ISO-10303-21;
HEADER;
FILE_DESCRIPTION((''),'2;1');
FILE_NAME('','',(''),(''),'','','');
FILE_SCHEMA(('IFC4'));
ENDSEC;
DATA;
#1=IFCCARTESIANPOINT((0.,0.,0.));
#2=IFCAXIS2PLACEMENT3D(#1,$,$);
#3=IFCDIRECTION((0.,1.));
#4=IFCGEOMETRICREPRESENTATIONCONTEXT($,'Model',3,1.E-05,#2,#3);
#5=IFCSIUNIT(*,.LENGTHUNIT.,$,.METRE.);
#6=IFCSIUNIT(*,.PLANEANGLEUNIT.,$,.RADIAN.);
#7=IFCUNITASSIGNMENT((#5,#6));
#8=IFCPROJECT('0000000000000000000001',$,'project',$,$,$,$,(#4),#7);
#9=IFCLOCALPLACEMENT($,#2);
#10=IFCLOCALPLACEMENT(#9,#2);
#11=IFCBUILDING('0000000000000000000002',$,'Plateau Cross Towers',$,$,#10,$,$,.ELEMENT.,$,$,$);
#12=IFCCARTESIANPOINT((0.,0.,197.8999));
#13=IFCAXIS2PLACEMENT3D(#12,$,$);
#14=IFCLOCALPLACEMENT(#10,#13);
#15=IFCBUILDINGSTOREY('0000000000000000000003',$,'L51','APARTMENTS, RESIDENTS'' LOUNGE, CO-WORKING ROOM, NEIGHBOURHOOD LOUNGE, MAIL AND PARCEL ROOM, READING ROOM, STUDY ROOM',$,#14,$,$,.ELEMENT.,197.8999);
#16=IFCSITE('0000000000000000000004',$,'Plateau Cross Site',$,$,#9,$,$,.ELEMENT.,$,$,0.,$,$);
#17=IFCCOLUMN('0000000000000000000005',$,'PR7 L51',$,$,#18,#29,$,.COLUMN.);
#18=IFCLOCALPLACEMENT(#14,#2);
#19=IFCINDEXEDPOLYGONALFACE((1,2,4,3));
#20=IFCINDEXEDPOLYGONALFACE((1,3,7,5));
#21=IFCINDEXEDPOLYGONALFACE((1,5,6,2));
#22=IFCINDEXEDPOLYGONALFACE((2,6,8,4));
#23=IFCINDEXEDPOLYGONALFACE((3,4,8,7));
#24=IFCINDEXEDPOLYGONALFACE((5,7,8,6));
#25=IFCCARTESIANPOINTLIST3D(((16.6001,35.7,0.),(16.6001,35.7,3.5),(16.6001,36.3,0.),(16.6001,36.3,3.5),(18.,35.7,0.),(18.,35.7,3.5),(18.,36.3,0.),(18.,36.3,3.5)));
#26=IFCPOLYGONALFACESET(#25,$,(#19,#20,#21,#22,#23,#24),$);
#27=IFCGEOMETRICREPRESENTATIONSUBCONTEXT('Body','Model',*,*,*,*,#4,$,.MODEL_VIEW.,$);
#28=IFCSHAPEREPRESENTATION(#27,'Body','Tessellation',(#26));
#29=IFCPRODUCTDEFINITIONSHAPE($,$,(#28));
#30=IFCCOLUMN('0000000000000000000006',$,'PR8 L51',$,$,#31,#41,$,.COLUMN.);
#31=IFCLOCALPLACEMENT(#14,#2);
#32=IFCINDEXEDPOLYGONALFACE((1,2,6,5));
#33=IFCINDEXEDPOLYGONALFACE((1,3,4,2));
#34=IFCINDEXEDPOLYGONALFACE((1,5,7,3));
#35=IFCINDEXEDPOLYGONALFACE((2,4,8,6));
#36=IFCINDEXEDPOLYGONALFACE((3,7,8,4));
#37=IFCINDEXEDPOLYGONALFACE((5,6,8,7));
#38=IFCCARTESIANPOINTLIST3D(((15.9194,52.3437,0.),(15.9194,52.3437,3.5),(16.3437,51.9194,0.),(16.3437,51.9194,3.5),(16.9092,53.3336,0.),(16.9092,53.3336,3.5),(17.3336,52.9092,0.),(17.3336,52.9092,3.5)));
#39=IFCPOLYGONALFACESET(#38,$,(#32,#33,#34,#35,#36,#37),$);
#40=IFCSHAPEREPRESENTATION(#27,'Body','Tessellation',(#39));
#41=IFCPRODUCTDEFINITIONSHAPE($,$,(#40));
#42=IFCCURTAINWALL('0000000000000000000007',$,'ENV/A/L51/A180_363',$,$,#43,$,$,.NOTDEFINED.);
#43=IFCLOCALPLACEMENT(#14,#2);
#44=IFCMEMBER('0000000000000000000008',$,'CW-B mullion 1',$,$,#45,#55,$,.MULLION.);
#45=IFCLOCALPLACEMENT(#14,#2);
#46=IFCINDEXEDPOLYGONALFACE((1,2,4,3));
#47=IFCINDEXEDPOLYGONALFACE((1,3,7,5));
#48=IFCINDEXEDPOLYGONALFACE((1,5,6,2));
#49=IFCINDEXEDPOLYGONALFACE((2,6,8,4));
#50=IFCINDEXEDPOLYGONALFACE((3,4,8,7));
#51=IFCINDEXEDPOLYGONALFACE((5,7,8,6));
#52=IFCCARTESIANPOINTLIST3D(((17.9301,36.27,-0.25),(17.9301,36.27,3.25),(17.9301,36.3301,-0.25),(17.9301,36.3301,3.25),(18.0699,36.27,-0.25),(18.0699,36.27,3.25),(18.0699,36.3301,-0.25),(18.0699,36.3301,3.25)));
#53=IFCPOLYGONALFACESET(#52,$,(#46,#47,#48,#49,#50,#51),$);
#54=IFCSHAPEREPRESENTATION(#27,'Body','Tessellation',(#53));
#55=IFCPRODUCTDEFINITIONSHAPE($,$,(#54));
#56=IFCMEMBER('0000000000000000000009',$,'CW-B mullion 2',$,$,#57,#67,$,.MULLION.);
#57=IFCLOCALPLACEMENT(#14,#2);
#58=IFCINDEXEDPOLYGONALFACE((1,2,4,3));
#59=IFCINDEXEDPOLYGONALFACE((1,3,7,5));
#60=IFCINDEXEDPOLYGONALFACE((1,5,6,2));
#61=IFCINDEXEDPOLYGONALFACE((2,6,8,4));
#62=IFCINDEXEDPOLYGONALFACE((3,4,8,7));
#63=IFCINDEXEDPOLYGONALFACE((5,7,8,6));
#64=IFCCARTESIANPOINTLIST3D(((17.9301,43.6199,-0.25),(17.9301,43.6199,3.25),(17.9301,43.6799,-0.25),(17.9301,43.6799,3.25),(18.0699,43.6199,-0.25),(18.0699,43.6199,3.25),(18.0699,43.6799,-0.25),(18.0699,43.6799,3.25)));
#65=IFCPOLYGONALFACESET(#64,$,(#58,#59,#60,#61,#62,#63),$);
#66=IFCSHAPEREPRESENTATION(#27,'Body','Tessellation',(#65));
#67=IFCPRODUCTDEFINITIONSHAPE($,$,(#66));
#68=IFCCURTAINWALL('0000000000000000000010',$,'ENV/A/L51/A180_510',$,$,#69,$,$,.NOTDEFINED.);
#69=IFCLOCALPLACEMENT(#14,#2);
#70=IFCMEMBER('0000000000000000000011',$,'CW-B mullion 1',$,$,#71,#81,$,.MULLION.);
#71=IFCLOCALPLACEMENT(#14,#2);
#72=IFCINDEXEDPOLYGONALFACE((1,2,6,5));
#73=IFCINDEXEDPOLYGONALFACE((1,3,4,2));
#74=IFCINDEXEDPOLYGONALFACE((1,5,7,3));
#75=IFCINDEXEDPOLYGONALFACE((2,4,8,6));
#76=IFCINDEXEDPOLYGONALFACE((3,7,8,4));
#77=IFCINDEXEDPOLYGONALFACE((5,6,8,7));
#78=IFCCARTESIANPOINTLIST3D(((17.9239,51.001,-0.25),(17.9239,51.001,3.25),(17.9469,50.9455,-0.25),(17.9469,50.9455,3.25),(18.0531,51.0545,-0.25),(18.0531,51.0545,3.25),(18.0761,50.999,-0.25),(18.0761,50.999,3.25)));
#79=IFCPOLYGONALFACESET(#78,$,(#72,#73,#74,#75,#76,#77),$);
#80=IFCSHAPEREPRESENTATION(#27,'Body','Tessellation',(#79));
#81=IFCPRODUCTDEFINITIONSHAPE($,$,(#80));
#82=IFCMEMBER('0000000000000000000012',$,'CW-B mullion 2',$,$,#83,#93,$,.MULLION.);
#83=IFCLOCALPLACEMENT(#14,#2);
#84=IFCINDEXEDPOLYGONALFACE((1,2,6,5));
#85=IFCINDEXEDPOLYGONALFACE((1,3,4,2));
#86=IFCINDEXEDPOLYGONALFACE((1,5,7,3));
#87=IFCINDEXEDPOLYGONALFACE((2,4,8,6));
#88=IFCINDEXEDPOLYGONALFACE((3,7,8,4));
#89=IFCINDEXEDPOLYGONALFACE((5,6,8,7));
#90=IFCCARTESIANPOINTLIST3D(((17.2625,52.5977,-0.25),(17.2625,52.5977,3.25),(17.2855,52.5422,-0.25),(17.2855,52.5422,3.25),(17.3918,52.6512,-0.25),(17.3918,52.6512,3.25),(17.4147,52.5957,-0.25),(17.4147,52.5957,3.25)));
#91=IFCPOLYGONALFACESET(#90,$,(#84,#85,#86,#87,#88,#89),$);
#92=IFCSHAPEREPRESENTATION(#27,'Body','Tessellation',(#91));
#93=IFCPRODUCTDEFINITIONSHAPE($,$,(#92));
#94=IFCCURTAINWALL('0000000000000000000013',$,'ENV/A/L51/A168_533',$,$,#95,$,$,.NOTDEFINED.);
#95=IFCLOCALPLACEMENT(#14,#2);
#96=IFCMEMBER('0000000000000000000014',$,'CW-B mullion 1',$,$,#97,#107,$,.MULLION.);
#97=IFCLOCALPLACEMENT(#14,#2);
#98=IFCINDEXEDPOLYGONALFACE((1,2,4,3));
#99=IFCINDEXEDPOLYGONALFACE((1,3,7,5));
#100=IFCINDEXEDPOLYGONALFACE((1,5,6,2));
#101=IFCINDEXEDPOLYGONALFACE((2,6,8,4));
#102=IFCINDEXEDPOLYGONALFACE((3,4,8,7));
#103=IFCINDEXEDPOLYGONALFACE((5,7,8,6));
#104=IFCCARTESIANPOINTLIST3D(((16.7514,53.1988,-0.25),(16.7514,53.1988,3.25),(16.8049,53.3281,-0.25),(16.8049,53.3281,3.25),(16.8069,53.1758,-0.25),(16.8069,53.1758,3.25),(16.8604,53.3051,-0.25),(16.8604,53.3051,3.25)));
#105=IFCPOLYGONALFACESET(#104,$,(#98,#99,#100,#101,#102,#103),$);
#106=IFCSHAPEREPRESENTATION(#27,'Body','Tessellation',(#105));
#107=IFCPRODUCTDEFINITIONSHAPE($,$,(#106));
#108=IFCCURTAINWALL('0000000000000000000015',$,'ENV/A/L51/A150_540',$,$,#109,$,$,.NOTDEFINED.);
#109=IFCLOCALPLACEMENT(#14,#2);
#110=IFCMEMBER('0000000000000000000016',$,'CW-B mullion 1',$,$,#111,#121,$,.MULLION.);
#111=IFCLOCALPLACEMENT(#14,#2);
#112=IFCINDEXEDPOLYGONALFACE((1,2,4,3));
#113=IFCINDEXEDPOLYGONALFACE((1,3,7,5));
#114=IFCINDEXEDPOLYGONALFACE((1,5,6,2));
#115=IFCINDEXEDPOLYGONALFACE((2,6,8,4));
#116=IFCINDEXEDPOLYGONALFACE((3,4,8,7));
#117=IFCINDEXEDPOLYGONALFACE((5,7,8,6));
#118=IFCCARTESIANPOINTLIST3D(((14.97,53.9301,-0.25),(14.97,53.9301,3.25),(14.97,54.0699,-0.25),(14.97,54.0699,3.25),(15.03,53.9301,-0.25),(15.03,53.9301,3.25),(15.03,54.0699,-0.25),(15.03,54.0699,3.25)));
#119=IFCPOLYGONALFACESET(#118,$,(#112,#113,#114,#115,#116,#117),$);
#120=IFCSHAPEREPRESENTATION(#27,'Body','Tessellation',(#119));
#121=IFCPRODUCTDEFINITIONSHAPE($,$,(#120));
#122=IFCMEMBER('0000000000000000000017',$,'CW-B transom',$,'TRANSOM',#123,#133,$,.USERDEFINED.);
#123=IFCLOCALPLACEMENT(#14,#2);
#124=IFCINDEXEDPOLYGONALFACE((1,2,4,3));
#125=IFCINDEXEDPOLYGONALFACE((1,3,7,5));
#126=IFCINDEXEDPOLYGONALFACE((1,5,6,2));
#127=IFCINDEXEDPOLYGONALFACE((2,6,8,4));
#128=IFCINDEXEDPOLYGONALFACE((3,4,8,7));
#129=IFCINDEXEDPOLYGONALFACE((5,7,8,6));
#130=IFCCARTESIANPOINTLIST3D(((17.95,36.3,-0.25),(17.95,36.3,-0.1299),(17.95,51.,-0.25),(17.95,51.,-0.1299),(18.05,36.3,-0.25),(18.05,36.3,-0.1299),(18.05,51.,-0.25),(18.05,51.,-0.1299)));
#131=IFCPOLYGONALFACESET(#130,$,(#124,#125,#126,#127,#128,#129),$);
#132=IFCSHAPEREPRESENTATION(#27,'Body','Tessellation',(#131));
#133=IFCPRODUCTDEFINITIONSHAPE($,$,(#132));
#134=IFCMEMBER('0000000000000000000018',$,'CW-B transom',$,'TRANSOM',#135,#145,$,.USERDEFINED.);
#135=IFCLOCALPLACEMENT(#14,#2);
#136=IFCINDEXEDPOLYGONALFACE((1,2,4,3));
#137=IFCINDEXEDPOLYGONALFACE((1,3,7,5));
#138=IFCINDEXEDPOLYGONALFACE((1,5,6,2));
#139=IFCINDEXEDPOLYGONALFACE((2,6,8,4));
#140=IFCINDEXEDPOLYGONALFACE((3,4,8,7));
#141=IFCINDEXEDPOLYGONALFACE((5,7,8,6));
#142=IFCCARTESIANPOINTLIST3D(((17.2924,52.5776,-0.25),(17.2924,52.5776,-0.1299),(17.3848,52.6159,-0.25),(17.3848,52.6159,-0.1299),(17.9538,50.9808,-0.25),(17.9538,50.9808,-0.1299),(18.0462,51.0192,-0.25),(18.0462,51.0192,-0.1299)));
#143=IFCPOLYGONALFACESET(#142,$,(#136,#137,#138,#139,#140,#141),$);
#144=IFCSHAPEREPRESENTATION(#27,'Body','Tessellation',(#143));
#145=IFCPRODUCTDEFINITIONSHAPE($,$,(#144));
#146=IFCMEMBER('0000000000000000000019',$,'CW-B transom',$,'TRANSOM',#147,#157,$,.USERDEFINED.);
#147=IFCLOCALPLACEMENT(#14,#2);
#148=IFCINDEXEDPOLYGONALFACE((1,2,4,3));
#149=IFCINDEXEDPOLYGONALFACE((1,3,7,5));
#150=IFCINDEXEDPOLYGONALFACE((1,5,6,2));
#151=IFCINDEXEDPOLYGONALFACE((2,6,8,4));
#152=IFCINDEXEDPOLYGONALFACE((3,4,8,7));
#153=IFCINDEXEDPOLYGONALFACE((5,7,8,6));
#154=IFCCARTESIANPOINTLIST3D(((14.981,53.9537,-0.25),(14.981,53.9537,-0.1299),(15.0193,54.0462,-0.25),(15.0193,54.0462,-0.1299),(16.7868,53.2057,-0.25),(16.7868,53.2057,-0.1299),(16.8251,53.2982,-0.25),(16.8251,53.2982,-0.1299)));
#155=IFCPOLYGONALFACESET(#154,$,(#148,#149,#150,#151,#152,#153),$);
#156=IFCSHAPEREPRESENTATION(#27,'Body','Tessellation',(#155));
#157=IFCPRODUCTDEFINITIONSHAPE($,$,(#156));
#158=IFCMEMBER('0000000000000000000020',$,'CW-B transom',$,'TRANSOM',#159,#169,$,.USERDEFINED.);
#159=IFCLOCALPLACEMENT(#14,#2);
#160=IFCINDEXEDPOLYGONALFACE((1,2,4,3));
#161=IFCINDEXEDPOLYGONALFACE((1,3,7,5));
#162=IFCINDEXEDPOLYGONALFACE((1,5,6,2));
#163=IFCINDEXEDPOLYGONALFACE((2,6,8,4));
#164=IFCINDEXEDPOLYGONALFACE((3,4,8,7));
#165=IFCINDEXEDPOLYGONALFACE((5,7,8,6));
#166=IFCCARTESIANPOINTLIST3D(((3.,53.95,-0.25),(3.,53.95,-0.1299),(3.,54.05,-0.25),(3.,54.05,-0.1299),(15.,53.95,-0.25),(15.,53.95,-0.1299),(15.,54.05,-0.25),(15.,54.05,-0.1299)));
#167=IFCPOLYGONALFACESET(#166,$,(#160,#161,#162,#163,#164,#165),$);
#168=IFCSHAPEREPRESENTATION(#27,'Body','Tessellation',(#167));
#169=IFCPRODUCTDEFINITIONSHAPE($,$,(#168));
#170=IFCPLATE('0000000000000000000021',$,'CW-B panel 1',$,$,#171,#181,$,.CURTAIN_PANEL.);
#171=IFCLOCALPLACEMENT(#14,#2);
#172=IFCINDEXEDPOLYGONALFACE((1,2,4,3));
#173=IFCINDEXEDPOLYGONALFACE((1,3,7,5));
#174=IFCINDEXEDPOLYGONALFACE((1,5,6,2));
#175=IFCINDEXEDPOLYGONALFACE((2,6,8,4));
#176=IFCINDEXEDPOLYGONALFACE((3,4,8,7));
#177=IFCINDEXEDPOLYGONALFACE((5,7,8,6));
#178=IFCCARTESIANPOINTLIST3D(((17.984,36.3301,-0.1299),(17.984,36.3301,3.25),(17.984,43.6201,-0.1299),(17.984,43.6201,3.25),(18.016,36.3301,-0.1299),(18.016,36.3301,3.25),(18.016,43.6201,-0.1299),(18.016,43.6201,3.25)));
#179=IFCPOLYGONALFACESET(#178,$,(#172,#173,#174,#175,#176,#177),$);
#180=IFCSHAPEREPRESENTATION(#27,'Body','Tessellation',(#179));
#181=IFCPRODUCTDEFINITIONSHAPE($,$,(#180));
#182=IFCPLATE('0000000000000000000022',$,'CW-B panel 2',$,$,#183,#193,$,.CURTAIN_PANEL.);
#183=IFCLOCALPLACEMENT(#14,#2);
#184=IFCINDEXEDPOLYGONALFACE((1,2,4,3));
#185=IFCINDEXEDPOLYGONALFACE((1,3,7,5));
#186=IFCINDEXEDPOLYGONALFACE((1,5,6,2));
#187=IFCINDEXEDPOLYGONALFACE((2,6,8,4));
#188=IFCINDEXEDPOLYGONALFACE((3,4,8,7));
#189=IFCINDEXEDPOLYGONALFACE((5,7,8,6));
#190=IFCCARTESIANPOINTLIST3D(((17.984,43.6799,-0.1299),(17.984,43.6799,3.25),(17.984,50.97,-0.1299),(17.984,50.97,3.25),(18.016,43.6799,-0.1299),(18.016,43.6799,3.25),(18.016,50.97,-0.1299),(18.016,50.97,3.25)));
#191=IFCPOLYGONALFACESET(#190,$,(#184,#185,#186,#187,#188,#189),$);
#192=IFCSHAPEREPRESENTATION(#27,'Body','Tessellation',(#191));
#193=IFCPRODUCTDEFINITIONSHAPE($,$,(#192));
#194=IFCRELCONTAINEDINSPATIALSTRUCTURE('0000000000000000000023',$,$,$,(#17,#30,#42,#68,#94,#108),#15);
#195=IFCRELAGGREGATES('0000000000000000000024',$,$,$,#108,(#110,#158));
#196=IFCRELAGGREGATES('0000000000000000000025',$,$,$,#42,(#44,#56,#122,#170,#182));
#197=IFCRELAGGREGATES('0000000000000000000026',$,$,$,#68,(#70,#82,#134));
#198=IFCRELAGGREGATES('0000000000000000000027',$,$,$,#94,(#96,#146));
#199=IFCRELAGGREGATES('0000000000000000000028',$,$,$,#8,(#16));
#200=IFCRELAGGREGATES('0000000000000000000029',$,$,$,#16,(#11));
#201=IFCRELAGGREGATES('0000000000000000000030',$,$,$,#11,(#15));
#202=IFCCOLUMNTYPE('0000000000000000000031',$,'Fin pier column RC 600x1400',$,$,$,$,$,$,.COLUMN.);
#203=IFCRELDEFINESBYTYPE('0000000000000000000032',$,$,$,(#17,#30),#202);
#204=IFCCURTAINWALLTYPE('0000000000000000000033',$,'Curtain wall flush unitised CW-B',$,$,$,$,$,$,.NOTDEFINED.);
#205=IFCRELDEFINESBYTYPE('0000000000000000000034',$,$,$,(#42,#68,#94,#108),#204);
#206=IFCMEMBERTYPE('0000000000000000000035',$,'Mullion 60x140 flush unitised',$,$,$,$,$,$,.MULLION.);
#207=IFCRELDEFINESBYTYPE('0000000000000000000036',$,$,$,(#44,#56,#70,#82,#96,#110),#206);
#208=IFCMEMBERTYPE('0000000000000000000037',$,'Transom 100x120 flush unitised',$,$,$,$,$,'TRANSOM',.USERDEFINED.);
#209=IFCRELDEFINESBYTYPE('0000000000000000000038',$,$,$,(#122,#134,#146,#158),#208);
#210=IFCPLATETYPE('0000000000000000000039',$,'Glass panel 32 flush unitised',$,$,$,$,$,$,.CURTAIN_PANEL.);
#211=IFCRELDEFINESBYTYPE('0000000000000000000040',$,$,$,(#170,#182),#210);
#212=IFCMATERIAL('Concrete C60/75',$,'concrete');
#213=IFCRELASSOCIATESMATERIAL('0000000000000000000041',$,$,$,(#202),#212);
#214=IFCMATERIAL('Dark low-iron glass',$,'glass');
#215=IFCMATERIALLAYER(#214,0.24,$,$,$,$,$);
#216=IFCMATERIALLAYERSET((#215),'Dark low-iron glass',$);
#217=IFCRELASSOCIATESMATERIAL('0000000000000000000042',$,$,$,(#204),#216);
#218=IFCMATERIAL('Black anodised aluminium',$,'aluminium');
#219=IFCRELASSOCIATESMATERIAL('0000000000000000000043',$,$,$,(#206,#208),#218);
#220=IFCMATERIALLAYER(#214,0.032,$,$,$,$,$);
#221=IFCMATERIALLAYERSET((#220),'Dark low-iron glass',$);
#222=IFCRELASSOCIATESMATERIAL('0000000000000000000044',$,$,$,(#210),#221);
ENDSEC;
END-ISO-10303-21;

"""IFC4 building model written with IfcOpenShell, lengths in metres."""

from ifc_helpers import new_model, si_unit, direction, frame, origin, origin_2d, place, context, subcontext, project, spatial, rectangle, extrude, material, layer, layer_set, material_profile, profile_set, type_object, element, aggregate, save


model = new_model("IFC4")

# Units and contexts
model_context = context("Model", 3, precision=1e-05, world=origin(), true_north=direction((0.0, 1.0)))
body_context = subcontext(model_context, "Body", "Model", "MODEL_VIEW")
ifc_project = project(units=[si_unit("LENGTHUNIT", "METRE"), si_unit("PLANEANGLEUNIT", "RADIAN")], contexts=[model_context])

# Site, building, storey
site_placement = place(None, origin())
site = spatial("IfcSite", under=ifc_project, at=site_placement, Name="Plateau Cross Site", CompositionType="ELEMENT", RefElevation=0.0)
building_placement = place(site_placement, origin())
building = spatial("IfcBuilding", under=site, at=building_placement, Name="Plateau Cross Towers", CompositionType="ELEMENT")
storey_placement = place(building_placement, frame((0.0, 0.0, 197.8999)))
storey = spatial("IfcBuildingStorey", under=building, at=storey_placement, Name="L51", Description="APARTMENTS, RESIDENTS' LOUNGE, CO-WORKING ROOM, NEIGHBOURHOOD LOUNGE, MAIL AND PARCEL ROOM, READING ROOM, STUDY ROOM", CompositionType="ELEMENT", Elevation=197.8999)

# Columns
ifc_material_1 = material(Name="Concrete C60/75", Category="concrete")
ifc_material_profile_1 = material_profile(ifc_material_1, rectangle(XDim=0.6001, YDim=1.3999, at=origin_2d()), Name="RC 600x1400")
ifc_profile_set_1 = profile_set([ifc_material_profile_1], Name="Concrete C60/75")
column_type = type_object("IfcColumnType", Name="Fin pier column RC 600x1400", PredefinedType="COLUMN", material=ifc_profile_set_1)
for number, where, z_axis, x_axis, name in (
    (1, (17.3, 36.0, 0.0), (0.0, 0.0, 1.0), (0.0, 1.0, 0.0), "PR7 L51"),
    (2, (16.6265, 52.6265, 0.0), (0.0, 0.0, 1.0), (-0.707107, 0.707107, 0.0), "PR8 L51"),
):
    element("IfcColumn", number, at=place(storey_placement, frame(where, z_axis=z_axis, x_axis=x_axis)), inside=storey, type_object=column_type, Name=name, PredefinedType="COLUMN", context=body_context, shape_type="SweptSolid", body=[
        extrude(rectangle(XDim=0.6001, YDim=1.3999, at=origin_2d()), origin(), (0.0, 0.0, 1.0), 3.5),
    ])

# Curtain walls, members
ifc_material_2 = material(Name="Dark low-iron glass", Category="glass")
ifc_layer_1 = layer(ifc_material_2, 0.24)
ifc_layer_set_1 = layer_set([ifc_layer_1], Name="Dark low-iron glass")
curtain_wall_type = type_object("IfcCurtainWallType", Name="Curtain wall flush unitised CW-B", PredefinedType="NOTDEFINED", material=ifc_layer_set_1)
curtain_wall_1_placement = place(storey_placement, origin())
curtain_wall_1 = element("IfcCurtainWall", 3, at=curtain_wall_1_placement, inside=storey, type_object=curtain_wall_type, Name="ENV/A/L51/A180_363", PredefinedType="NOTDEFINED")
ifc_material_3 = material(Name="Black anodised aluminium", Category="aluminium")
ifc_material_profile_2 = material_profile(ifc_material_3, rectangle(XDim=0.0601, YDim=0.1399, at=origin_2d()), Name="MULLION 60x140")
ifc_profile_set_2 = profile_set([ifc_material_profile_2], Name="Black anodised aluminium")
member_type_1 = type_object("IfcMemberType", Name="Mullion 60x140 flush unitised", PredefinedType="MULLION", material=ifc_profile_set_2)
member_1_placement = place(storey_placement, frame((18.0, 36.3, -0.25), z_axis=(0.0, 0.0, 1.0), x_axis=(0.0, 1.0, 0.0)))
member_1 = element("IfcMember", 4, at=member_1_placement, type_object=member_type_1, Name="CW-B mullion 1", PredefinedType="MULLION", context=body_context, shape_type="SweptSolid", body=[
    extrude(rectangle(XDim=0.0601, YDim=0.1399, at=origin_2d()), origin(), (0.0, 0.0, 1.0), 3.5),
])
member_2_placement = place(storey_placement, frame((18.0, 43.6499, -0.25), z_axis=(0.0, 0.0, 1.0), x_axis=(0.0, 1.0, 0.0)))
member_2 = element("IfcMember", 5, at=member_2_placement, type_object=member_type_1, Name="CW-B mullion 2", PredefinedType="MULLION", context=body_context, shape_type="SweptSolid", body=[
    extrude(rectangle(XDim=0.0601, YDim=0.1399, at=origin_2d()), origin(), (0.0, 0.0, 1.0), 3.5),
])
curtain_wall_2_placement = place(storey_placement, origin())
curtain_wall_2 = element("IfcCurtainWall", 6, at=curtain_wall_2_placement, inside=storey, type_object=curtain_wall_type, Name="ENV/A/L51/A180_510", PredefinedType="NOTDEFINED")
member_3_placement = place(storey_placement, frame((18.0, 51.0, -0.25), z_axis=(0.0, 0.0, 1.0), x_axis=(-0.382684, 0.923879, 0.0)))
member_3 = element("IfcMember", 7, at=member_3_placement, type_object=member_type_1, Name="CW-B mullion 1", PredefinedType="MULLION", context=body_context, shape_type="SweptSolid", body=[
    extrude(rectangle(XDim=0.0601, YDim=0.1399, at=origin_2d()), origin(), (0.0, 0.0, 1.0), 3.5),
])
member_4_placement = place(storey_placement, frame((17.3386, 52.5967, -0.25), z_axis=(0.0, 0.0, 1.0), x_axis=(-0.382684, 0.923879, 0.0)))
member_4 = element("IfcMember", 8, at=member_4_placement, type_object=member_type_1, Name="CW-B mullion 2", PredefinedType="MULLION", context=body_context, shape_type="SweptSolid", body=[
    extrude(rectangle(XDim=0.0601, YDim=0.1399, at=origin_2d()), origin(), (0.0, 0.0, 1.0), 3.5),
])

# Curtain walls, members
curtain_wall_3_placement = place(storey_placement, origin())
curtain_wall_3 = element("IfcCurtainWall", 9, at=curtain_wall_3_placement, inside=storey, type_object=curtain_wall_type, Name="ENV/A/L51/A168_533", PredefinedType="NOTDEFINED")
member_5_placement = place(storey_placement, frame((16.8059, 53.252, -0.25), z_axis=(0.0, 0.0, 1.0), x_axis=(-0.923879, 0.382684, 0.0)))
member_5 = element("IfcMember", 10, at=member_5_placement, type_object=member_type_1, Name="CW-B mullion 1", PredefinedType="MULLION", context=body_context, shape_type="SweptSolid", body=[
    extrude(rectangle(XDim=0.0601, YDim=0.1399, at=origin_2d()), origin(), (0.0, 0.0, 1.0), 3.5),
])
curtain_wall_4_placement = place(storey_placement, origin())
curtain_wall_4 = element("IfcCurtainWall", 11, at=curtain_wall_4_placement, inside=storey, type_object=curtain_wall_type, Name="ENV/A/L51/A150_540", PredefinedType="NOTDEFINED")
member_6_placement = place(storey_placement, frame((15.0, 54.0, -0.25), z_axis=(0.0, 0.0, 1.0), x_axis=(-1.0, 0.0, 0.0)))
member_6 = element("IfcMember", 12, at=member_6_placement, type_object=member_type_1, Name="CW-B mullion 1", PredefinedType="MULLION", context=body_context, shape_type="SweptSolid", body=[
    extrude(rectangle(XDim=0.0601, YDim=0.1399, at=origin_2d()), origin(), (0.0, 0.0, 1.0), 3.5),
])

# Members
ifc_material_profile_3 = material_profile(ifc_material_3, rectangle(XDim=0.1001, YDim=0.1201, at=origin_2d()), Name="TRANSOM 100x120")
ifc_profile_set_3 = profile_set([ifc_material_profile_3], Name="Black anodised aluminium")
member_type_2 = type_object("IfcMemberType", Name="Transom 100x120 flush unitised", ElementType="TRANSOM", PredefinedType="USERDEFINED", material=ifc_profile_set_3)
member_7_placement = place(storey_placement, frame((18.0, 36.3, -0.1899), z_axis=(0.0, 1.0, 0.0), x_axis=(-1.0, 0.0, 0.0)))
member_7 = element("IfcMember", 13, at=member_7_placement, type_object=member_type_2, Name="CW-B transom", ObjectType="TRANSOM", PredefinedType="USERDEFINED", context=body_context, shape_type="SweptSolid", body=[
    extrude(rectangle(XDim=0.1001, YDim=0.1201, at=origin_2d()), origin(), (0.0, 0.0, 1.0), 14.7),
])
member_8_placement = place(storey_placement, frame((18.0, 51.0, -0.1899), z_axis=(-0.382689, 0.923877, 0.0), x_axis=(-0.923877, -0.382689, 0.0)))
member_8 = element("IfcMember", 14, at=member_8_placement, type_object=member_type_2, Name="CW-B transom", ObjectType="TRANSOM", PredefinedType="USERDEFINED", context=body_context, shape_type="SweptSolid", body=[
    extrude(rectangle(XDim=0.1001, YDim=0.1201, at=origin_2d()), origin(), (0.0, 0.0, 1.0), 1.7283),
])
member_9_placement = place(storey_placement, frame((16.8059, 53.252, -0.1899), z_axis=(-0.923877, 0.38269, 0.0), x_axis=(-0.38269, -0.923877, 0.0)))
member_9 = element("IfcMember", 15, at=member_9_placement, type_object=member_type_2, Name="CW-B transom", ObjectType="TRANSOM", PredefinedType="USERDEFINED", context=body_context, shape_type="SweptSolid", body=[
    extrude(rectangle(XDim=0.1001, YDim=0.1201, at=origin_2d()), origin(), (0.0, 0.0, 1.0), 1.9546),
])
member_10_placement = place(storey_placement, frame((15.0, 54.0, -0.1899), z_axis=(-1.0, 0.0, 0.0), x_axis=(0.0, -1.0, 0.0)))
member_10 = element("IfcMember", 16, at=member_10_placement, type_object=member_type_2, Name="CW-B transom", ObjectType="TRANSOM", PredefinedType="USERDEFINED", context=body_context, shape_type="SweptSolid", body=[
    extrude(rectangle(XDim=0.1001, YDim=0.1201, at=origin_2d()), origin(), (0.0, 0.0, 1.0), 12.0),
])
aggregate(curtain_wall_4, [member_6, member_10])

# Plates
ifc_layer_2 = layer(ifc_material_2, 0.032)
ifc_layer_set_2 = layer_set([ifc_layer_2], Name="Dark low-iron glass")
plate_type = type_object("IfcPlateType", Name="Glass panel 32 flush unitised", PredefinedType="CURTAIN_PANEL", material=ifc_layer_set_2)
plate_1_placement = place(storey_placement, frame((18.0, 39.9751, -0.1299), z_axis=(0.0, 0.0, 1.0), x_axis=(0.0, 1.0, 0.0)))
plate_1 = element("IfcPlate", 17, at=plate_1_placement, type_object=plate_type, Name="CW-B panel 1", PredefinedType="CURTAIN_PANEL", context=body_context, shape_type="SweptSolid", body=[
    extrude(rectangle(XDim=7.29, YDim=0.032, at=origin_2d()), origin(), (0.0, 0.0, 1.0), 3.3799),
])
plate_2_placement = place(storey_placement, frame((18.0, 47.325, -0.1299), z_axis=(0.0, 0.0, 1.0), x_axis=(0.0, 1.0, 0.0)))
plate_2 = element("IfcPlate", 18, at=plate_2_placement, type_object=plate_type, Name="CW-B panel 2", PredefinedType="CURTAIN_PANEL", context=body_context, shape_type="SweptSolid", body=[
    extrude(rectangle(XDim=7.29, YDim=0.032, at=origin_2d()), origin(), (0.0, 0.0, 1.0), 3.3799),
])
aggregate(curtain_wall_1, [member_1, member_2, member_7, plate_1, plate_2])
aggregate(curtain_wall_2, [member_3, member_4, member_8])
aggregate(curtain_wall_3, [member_5, member_9])

save(model, "model.ifc")
